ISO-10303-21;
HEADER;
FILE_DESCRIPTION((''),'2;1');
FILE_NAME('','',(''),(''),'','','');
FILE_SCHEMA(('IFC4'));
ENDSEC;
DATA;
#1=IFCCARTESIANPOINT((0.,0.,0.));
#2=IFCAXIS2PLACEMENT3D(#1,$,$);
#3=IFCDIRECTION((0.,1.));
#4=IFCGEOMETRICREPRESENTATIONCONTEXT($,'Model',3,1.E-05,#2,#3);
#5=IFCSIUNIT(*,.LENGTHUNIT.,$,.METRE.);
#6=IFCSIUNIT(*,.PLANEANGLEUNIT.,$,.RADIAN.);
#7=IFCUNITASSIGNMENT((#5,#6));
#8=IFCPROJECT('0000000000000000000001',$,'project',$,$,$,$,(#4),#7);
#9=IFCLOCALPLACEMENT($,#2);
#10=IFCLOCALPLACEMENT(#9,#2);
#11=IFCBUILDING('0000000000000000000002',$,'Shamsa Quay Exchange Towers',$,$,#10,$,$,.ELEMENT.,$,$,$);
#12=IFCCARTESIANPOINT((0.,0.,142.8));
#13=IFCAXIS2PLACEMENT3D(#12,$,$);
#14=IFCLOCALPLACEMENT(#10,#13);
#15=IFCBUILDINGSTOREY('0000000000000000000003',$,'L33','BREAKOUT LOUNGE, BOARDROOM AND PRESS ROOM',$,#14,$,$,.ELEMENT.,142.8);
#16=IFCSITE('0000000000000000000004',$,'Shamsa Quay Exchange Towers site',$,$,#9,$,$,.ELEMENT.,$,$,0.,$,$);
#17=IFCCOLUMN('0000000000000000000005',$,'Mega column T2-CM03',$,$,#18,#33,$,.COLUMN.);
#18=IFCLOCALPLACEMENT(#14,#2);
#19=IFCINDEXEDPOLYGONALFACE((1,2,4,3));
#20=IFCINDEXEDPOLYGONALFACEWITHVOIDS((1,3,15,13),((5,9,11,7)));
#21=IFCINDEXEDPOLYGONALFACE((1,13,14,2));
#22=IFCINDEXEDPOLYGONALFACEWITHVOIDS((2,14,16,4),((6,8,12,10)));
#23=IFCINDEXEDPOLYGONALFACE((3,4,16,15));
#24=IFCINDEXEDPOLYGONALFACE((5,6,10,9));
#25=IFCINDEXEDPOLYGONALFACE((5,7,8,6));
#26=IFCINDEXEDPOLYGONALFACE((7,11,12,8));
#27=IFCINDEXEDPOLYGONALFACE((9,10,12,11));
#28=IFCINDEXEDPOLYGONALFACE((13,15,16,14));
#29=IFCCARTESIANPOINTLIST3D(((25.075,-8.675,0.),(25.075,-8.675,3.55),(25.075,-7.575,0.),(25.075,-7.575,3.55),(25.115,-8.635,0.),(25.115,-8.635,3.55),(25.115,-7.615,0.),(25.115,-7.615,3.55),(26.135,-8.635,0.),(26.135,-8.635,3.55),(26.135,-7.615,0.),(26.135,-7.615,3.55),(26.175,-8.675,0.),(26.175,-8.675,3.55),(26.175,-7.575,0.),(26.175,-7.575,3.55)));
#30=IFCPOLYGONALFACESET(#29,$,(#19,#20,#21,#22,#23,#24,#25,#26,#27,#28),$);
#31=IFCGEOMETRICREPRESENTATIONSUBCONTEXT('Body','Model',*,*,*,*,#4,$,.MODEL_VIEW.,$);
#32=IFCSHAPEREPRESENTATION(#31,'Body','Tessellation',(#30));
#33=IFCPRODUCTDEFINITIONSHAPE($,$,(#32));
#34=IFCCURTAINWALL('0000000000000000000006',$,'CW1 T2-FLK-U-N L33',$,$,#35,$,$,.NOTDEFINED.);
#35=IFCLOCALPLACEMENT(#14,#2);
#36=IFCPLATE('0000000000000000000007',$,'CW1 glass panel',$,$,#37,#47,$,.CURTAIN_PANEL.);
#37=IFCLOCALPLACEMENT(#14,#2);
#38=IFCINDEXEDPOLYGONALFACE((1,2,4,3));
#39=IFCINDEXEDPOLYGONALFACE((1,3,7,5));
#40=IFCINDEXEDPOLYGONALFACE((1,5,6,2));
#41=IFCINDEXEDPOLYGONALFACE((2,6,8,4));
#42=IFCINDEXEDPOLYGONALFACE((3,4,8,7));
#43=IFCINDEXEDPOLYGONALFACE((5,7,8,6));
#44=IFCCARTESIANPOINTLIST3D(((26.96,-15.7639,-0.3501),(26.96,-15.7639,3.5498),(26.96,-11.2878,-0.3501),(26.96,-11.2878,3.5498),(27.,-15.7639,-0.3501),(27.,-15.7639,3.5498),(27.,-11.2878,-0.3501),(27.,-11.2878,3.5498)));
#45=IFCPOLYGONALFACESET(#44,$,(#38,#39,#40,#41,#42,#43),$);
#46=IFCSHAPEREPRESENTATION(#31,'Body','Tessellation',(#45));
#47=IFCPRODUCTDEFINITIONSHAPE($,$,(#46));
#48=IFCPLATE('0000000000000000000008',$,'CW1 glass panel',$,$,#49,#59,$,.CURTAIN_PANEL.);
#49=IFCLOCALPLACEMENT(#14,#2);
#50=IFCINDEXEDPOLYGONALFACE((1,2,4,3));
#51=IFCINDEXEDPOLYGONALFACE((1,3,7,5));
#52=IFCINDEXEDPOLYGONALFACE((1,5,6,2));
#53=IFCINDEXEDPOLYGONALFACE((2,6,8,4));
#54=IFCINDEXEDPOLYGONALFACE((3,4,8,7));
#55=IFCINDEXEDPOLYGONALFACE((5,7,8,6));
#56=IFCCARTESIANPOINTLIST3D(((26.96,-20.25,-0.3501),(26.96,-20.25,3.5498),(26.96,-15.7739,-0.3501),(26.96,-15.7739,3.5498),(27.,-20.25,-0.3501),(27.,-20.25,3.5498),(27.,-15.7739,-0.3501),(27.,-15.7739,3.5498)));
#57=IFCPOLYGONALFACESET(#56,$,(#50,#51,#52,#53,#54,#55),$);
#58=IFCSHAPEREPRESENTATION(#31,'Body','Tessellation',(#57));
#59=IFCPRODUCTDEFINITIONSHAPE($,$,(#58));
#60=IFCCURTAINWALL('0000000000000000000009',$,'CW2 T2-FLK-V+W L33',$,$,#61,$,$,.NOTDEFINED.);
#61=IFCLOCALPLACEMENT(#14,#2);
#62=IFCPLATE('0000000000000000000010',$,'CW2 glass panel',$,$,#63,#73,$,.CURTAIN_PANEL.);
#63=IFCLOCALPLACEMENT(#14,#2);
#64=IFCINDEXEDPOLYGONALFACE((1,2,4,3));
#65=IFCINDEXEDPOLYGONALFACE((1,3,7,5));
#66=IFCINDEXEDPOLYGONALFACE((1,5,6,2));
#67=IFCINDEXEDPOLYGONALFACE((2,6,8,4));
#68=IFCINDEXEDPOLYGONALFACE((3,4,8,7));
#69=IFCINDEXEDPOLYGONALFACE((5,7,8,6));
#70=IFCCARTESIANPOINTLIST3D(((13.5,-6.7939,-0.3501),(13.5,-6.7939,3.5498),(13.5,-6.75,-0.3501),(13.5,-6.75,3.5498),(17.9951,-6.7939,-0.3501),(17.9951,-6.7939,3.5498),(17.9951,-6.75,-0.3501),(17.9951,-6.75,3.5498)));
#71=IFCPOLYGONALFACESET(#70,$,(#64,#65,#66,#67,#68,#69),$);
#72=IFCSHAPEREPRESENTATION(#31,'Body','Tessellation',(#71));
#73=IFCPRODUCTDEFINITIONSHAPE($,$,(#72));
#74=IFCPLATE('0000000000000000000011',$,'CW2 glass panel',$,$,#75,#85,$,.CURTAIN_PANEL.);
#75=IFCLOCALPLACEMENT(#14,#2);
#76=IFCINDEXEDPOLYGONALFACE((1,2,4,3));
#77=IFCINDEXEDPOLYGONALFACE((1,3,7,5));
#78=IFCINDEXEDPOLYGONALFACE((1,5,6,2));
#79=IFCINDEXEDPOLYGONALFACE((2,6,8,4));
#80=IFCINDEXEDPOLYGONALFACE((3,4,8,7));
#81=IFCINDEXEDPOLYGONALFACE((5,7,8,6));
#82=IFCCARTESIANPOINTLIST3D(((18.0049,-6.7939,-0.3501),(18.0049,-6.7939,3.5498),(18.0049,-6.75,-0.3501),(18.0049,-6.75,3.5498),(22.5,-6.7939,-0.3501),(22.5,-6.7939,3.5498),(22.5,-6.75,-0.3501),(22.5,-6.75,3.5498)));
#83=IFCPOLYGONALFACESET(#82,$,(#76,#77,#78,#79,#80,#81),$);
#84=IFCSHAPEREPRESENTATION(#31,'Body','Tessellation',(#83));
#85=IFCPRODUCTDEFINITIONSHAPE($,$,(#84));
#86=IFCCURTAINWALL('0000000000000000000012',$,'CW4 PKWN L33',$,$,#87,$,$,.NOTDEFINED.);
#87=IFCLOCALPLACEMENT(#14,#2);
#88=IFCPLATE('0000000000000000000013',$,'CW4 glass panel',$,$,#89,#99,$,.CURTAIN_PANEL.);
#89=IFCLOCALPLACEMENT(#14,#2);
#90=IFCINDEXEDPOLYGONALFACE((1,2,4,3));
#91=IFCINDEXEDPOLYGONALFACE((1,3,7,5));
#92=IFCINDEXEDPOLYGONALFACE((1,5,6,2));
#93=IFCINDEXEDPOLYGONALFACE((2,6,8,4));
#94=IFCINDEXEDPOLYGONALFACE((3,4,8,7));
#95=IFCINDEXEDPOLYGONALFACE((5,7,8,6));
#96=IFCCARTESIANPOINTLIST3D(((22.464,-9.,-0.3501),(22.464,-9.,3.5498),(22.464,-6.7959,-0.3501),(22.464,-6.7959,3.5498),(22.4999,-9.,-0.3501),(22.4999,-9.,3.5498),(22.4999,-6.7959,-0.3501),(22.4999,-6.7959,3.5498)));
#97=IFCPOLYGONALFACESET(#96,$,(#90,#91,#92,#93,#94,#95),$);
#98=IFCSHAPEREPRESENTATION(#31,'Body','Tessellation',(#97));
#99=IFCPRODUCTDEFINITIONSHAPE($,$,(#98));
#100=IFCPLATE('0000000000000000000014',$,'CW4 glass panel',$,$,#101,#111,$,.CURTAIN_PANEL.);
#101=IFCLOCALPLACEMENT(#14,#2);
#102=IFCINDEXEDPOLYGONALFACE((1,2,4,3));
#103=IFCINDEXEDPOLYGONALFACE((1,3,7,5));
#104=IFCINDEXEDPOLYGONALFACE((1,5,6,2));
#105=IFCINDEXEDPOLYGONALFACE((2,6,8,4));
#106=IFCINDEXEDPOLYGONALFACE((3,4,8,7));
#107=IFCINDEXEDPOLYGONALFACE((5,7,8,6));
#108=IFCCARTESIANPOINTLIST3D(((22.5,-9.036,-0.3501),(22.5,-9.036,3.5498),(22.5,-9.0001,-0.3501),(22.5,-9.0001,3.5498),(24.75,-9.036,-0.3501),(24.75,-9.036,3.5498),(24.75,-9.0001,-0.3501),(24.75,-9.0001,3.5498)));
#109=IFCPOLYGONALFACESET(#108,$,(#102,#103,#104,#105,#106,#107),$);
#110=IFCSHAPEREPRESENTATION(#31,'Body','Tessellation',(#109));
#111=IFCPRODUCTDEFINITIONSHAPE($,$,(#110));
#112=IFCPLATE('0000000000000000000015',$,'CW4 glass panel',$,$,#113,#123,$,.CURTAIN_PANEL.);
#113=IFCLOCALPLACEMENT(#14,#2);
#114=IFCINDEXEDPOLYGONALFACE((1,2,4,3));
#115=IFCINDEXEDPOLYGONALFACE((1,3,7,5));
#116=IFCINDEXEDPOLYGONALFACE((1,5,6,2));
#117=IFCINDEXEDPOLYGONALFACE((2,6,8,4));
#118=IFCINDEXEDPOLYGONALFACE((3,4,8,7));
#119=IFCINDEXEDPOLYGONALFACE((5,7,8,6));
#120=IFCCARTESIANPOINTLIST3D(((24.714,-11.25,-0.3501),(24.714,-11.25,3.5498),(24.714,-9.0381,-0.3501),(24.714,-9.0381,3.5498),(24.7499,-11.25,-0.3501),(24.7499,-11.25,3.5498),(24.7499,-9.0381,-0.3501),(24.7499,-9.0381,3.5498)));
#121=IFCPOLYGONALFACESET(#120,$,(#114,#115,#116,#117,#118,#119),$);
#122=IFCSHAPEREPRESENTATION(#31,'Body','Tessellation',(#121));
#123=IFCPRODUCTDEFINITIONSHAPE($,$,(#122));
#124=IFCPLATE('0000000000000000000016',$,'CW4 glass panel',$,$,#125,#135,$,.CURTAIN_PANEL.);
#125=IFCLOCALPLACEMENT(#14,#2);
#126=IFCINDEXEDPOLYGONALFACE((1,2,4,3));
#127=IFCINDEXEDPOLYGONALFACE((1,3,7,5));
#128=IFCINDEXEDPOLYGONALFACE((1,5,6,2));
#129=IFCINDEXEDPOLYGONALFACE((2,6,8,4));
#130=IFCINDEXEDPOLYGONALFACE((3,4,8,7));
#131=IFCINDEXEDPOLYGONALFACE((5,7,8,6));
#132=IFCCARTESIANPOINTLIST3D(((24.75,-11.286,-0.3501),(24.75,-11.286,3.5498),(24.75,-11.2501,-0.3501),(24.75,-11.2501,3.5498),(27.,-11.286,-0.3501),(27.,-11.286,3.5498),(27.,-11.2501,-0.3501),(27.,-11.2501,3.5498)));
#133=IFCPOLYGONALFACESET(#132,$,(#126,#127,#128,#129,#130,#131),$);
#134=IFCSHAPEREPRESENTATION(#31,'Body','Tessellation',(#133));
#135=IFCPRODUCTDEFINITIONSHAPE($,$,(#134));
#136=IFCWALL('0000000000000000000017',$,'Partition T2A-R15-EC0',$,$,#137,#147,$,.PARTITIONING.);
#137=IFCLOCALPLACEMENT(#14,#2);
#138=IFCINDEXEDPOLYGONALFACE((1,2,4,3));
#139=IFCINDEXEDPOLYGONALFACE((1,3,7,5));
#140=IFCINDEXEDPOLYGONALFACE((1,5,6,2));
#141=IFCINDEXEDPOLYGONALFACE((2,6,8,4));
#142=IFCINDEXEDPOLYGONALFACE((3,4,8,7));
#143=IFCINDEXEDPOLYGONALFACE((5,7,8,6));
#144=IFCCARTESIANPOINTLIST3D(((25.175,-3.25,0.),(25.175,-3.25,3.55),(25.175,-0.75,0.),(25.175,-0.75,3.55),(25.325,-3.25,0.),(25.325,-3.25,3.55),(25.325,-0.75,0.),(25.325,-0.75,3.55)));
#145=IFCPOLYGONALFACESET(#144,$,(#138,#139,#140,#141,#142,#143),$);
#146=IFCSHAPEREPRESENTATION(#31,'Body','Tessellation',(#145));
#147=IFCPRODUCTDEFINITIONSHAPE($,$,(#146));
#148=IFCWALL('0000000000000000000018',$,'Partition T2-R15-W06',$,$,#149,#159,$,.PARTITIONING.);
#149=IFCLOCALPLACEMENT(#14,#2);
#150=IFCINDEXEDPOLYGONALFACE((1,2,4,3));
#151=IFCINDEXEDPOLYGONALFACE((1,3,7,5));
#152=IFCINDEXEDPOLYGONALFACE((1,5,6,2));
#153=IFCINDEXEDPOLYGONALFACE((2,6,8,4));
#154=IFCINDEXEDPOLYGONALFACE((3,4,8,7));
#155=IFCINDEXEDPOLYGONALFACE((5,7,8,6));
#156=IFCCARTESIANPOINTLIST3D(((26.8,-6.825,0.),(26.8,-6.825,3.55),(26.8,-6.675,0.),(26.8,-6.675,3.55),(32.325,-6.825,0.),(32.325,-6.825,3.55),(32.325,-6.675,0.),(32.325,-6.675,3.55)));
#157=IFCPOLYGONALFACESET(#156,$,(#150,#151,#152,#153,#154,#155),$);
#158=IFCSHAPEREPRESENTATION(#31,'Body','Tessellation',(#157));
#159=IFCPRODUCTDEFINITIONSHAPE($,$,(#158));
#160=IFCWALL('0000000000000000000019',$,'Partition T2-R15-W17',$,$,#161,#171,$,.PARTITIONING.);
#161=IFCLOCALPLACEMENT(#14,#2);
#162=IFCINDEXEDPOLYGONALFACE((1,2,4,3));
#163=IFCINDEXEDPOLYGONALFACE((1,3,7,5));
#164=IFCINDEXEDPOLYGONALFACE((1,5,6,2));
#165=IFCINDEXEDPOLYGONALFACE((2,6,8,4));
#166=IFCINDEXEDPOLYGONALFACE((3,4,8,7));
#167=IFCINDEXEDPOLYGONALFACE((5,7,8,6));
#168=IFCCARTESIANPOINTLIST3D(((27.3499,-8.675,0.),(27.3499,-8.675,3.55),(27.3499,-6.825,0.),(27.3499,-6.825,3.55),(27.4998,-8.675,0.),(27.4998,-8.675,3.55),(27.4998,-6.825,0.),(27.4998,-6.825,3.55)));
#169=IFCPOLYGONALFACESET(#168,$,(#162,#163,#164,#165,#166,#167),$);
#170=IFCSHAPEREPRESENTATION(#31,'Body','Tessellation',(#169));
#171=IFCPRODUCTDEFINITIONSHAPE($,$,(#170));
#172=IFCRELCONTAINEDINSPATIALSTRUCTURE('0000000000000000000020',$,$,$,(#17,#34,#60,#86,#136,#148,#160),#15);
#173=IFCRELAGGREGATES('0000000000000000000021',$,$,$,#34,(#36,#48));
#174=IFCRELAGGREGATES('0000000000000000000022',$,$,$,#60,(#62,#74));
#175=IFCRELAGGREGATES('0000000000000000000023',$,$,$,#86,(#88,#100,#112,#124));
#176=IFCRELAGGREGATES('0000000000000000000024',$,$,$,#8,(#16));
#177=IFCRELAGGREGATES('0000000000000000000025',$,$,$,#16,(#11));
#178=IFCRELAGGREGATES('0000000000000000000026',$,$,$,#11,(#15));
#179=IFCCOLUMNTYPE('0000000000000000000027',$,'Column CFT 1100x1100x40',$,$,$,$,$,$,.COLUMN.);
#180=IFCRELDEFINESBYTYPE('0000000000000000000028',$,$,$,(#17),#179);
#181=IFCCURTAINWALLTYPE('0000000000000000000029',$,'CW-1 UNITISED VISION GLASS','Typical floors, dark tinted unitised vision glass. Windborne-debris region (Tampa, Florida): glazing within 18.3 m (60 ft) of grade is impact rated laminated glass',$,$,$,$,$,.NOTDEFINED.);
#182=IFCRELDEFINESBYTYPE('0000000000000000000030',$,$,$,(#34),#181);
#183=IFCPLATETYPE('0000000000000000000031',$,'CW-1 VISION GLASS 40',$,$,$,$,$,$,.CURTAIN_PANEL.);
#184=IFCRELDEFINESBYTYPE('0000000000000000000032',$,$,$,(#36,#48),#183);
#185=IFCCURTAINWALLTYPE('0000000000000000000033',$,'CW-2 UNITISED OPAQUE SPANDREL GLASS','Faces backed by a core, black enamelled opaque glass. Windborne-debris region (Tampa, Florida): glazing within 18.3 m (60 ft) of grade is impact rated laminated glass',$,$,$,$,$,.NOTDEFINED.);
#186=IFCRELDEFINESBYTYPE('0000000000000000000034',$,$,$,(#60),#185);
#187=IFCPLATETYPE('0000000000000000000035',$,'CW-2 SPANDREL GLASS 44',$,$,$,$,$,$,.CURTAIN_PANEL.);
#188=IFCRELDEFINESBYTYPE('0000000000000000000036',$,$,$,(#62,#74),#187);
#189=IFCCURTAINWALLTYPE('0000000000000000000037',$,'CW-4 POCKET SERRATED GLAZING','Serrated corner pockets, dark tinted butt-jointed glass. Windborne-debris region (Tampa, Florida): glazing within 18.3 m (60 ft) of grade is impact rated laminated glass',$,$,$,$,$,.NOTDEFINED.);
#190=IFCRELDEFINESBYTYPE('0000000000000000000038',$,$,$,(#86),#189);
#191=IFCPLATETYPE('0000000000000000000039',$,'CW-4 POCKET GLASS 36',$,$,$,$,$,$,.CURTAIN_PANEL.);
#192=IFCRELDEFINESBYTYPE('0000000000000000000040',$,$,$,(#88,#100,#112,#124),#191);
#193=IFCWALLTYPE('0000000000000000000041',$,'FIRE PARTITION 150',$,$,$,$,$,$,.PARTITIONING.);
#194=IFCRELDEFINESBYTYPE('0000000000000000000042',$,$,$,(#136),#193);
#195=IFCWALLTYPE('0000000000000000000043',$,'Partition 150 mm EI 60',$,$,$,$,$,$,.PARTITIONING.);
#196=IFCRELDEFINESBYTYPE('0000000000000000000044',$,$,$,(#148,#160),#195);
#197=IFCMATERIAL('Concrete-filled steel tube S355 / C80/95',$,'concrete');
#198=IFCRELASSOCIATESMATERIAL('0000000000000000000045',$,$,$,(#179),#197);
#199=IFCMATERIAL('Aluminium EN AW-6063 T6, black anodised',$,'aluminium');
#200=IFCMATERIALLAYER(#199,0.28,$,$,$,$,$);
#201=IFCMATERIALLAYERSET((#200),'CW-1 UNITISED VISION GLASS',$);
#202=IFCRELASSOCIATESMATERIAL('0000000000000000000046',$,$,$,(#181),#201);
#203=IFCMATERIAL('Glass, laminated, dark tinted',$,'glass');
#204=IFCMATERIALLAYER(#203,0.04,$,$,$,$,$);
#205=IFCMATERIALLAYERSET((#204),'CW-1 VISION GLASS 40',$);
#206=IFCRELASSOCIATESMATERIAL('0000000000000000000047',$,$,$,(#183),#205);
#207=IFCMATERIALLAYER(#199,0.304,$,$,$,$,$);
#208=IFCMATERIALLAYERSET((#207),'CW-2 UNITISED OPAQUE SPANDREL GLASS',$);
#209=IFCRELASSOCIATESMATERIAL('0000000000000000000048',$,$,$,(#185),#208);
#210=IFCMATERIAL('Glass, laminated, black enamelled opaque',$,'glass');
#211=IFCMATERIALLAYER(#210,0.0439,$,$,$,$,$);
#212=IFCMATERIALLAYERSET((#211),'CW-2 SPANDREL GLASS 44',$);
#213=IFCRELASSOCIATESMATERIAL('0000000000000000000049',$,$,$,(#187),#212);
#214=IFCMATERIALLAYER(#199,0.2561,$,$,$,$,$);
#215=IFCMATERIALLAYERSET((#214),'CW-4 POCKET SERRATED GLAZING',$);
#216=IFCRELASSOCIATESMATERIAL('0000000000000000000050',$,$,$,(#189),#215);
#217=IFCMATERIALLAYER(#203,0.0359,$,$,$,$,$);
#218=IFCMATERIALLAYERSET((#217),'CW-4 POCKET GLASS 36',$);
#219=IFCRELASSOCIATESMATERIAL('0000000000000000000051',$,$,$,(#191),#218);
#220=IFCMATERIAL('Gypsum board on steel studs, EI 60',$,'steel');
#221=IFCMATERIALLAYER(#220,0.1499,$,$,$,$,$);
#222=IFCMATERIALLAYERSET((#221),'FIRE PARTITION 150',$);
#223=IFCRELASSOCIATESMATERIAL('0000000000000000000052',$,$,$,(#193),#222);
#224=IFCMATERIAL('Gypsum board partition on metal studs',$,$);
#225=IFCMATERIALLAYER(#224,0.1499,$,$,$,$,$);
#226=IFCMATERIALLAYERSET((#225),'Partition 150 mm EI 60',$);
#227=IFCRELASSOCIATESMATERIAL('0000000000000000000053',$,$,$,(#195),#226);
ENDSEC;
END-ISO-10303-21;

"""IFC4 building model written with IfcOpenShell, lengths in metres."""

from ifc_helpers import new_model, si_unit, direction, frame, frame_2d, origin, origin_2d, place, context, subcontext, project, spatial, rectangle, hollow_rectangle, extrude, material, layer, layer_set, material_profile, profile_set, type_object, element, aggregate, save


model = new_model("IFC4")

# Units and contexts
model_context = context("Model", 3, precision=1e-05, world=origin(), true_north=direction((0.0, 1.0)))
body_context = subcontext(model_context, "Body", "Model", "MODEL_VIEW")
ifc_project = project(units=[si_unit("LENGTHUNIT", "METRE"), si_unit("PLANEANGLEUNIT", "RADIAN")], contexts=[model_context])

# Site, building, storey
site_placement = place(None, origin())
site = spatial("IfcSite", under=ifc_project, at=site_placement, Name="Shamsa Quay Exchange Towers site", CompositionType="ELEMENT", RefElevation=0.0)
building_placement = place(site_placement, origin())
building = spatial("IfcBuilding", under=site, at=building_placement, Name="Shamsa Quay Exchange Towers", CompositionType="ELEMENT")
storey_placement = place(building_placement, frame((0.0, 0.0, 142.8)))
storey = spatial("IfcBuildingStorey", under=building, at=storey_placement, Name="L33", Description="BREAKOUT LOUNGE, BOARDROOM AND PRESS ROOM", CompositionType="ELEMENT", Elevation=142.8)

# Column
ifc_material_1 = material(Name="Concrete-filled steel tube S355 / C80/95", Category="concrete")
ifc_material_profile = material_profile(ifc_material_1, hollow_rectangle(XDim=1.1001, YDim=1.1001, WallThickness=0.04, at=origin_2d()), Name="CFT 1100x1100x40")
ifc_profile_set = profile_set([ifc_material_profile], Name="Concrete-filled steel tube S355 / C80/95")
column_type = type_object("IfcColumnType", Name="Column CFT 1100x1100x40", PredefinedType="COLUMN", material=ifc_profile_set)
column_placement = place(storey_placement, frame((25.625, -8.125, 0.0)))
element("IfcColumn", 1, at=column_placement, inside=storey, type_object=column_type, Name="Mega column T2-CM03", PredefinedType="COLUMN", context=body_context, shape_type="SweptSolid", body=[
    extrude(hollow_rectangle(XDim=1.1001, YDim=1.1001, WallThickness=0.04, at=origin_2d()), origin(), (0.0, 0.0, 1.0), 3.55),
])

# Curtain walls, plates
ifc_material_2 = material(Name="Aluminium EN AW-6063 T6, black anodised", Category="aluminium")
ifc_layer_1 = layer(ifc_material_2, 0.28)
ifc_layer_set_1 = layer_set([ifc_layer_1], Name="CW-1 UNITISED VISION GLASS")
curtain_wall_type_1 = type_object("IfcCurtainWallType", Name="CW-1 UNITISED VISION GLASS", Description="Typical floors, dark tinted unitised vision glass. Windborne-debris region (Tampa, Florida): glazing within 18.3 m (60 ft) of grade is impact rated laminated glass", PredefinedType="NOTDEFINED", material=ifc_layer_set_1)
curtain_wall_1_placement = place(storey_placement, origin())
curtain_wall_1 = element("IfcCurtainWall", 2, at=curtain_wall_1_placement, inside=storey, type_object=curtain_wall_type_1, Name="CW1 T2-FLK-U-N L33", PredefinedType="NOTDEFINED")
ifc_material_3 = material(Name="Glass, laminated, dark tinted", Category="glass")
ifc_layer_2 = layer(ifc_material_3, 0.04)
ifc_layer_set_2 = layer_set([ifc_layer_2], Name="CW-1 VISION GLASS 40")
plate_type_1 = type_object("IfcPlateType", Name="CW-1 VISION GLASS 40", PredefinedType="CURTAIN_PANEL", material=ifc_layer_set_2)
plate_1_placement = place(storey_placement, frame((26.98, -13.5259, -0.3501), z_axis=(0.0, 0.0, 1.0), x_axis=(0.0, -1.0, 0.0)))
plate_1 = element("IfcPlate", 3, at=plate_1_placement, type_object=plate_type_1, Name="CW1 glass panel", PredefinedType="CURTAIN_PANEL", context=body_context, shape_type="SweptSolid", body=[
    extrude(rectangle(XDim=4.4761, YDim=0.04, at=origin_2d()), origin(), (0.0, 0.0, 1.0), 3.8999),
])
plate_2_placement = place(storey_placement, frame((26.98, -18.012, -0.3501), z_axis=(0.0, 0.0, 1.0), x_axis=(0.0, -1.0, 0.0)))
plate_2 = element("IfcPlate", 4, at=plate_2_placement, type_object=plate_type_1, Name="CW1 glass panel", PredefinedType="CURTAIN_PANEL", context=body_context, shape_type="SweptSolid", body=[
    extrude(rectangle(XDim=4.4761, YDim=0.04, at=origin_2d()), origin(), (0.0, 0.0, 1.0), 3.8999),
])
aggregate(curtain_wall_1, [plate_1, plate_2])
ifc_layer_3 = layer(ifc_material_2, 0.304)
ifc_layer_set_3 = layer_set([ifc_layer_3], Name="CW-2 UNITISED OPAQUE SPANDREL GLASS")
curtain_wall_type_2 = type_object("IfcCurtainWallType", Name="CW-2 UNITISED OPAQUE SPANDREL GLASS", Description="Faces backed by a core, black enamelled opaque glass. Windborne-debris region (Tampa, Florida): glazing within 18.3 m (60 ft) of grade is impact rated laminated glass", PredefinedType="NOTDEFINED", material=ifc_layer_set_3)
curtain_wall_2_placement = place(storey_placement, origin())
curtain_wall_2 = element("IfcCurtainWall", 5, at=curtain_wall_2_placement, inside=storey, type_object=curtain_wall_type_2, Name="CW2 T2-FLK-V+W L33", PredefinedType="NOTDEFINED")
ifc_material_4 = material(Name="Glass, laminated, black enamelled opaque", Category="glass")
ifc_layer_4 = layer(ifc_material_4, 0.0439)
ifc_layer_set_4 = layer_set([ifc_layer_4], Name="CW-2 SPANDREL GLASS 44")
plate_type_2 = type_object("IfcPlateType", Name="CW-2 SPANDREL GLASS 44", PredefinedType="CURTAIN_PANEL", material=ifc_layer_set_4)
plate_3_placement = place(storey_placement, frame((15.7476, -6.772, -0.3501)))
plate_3 = element("IfcPlate", 6, at=plate_3_placement, type_object=plate_type_2, Name="CW2 glass panel", PredefinedType="CURTAIN_PANEL", context=body_context, shape_type="SweptSolid", body=[
    extrude(rectangle(XDim=4.4951, YDim=0.0439, at=origin_2d()), origin(), (0.0, 0.0, 1.0), 3.8999),
])
plate_4_placement = place(storey_placement, frame((20.2524, -6.772, -0.3501)))
plate_4 = element("IfcPlate", 7, at=plate_4_placement, type_object=plate_type_2, Name="CW2 glass panel", PredefinedType="CURTAIN_PANEL", context=body_context, shape_type="SweptSolid", body=[
    extrude(rectangle(XDim=4.4951, YDim=0.0439, at=origin_2d()), origin(), (0.0, 0.0, 1.0), 3.8999),
])
aggregate(curtain_wall_2, [plate_3, plate_4])
ifc_layer_5 = layer(ifc_material_2, 0.2561)
ifc_layer_set_5 = layer_set([ifc_layer_5], Name="CW-4 POCKET SERRATED GLAZING")
curtain_wall_type_3 = type_object("IfcCurtainWallType", Name="CW-4 POCKET SERRATED GLAZING", Description="Serrated corner pockets, dark tinted butt-jointed glass. Windborne-debris region (Tampa, Florida): glazing within 18.3 m (60 ft) of grade is impact rated laminated glass", PredefinedType="NOTDEFINED", material=ifc_layer_set_5)
curtain_wall_3_placement = place(storey_placement, origin())
curtain_wall_3 = element("IfcCurtainWall", 8, at=curtain_wall_3_placement, inside=storey, type_object=curtain_wall_type_3, Name="CW4 PKWN L33", PredefinedType="NOTDEFINED")
ifc_layer_6 = layer(ifc_material_3, 0.0359)
ifc_layer_set_6 = layer_set([ifc_layer_6], Name="CW-4 POCKET GLASS 36")
plate_type_3 = type_object("IfcPlateType", Name="CW-4 POCKET GLASS 36", PredefinedType="CURTAIN_PANEL", material=ifc_layer_set_6)
plate_5_placement = place(storey_placement, frame((22.4819, -7.8979, -0.3501), z_axis=(0.0, 0.0, 1.0), x_axis=(0.0, -1.0, 0.0)))
plate_5 = element("IfcPlate", 9, at=plate_5_placement, type_object=plate_type_3, Name="CW4 glass panel", PredefinedType="CURTAIN_PANEL", context=body_context, shape_type="SweptSolid", body=[
    extrude(rectangle(XDim=2.2041, YDim=0.0359, at=origin_2d()), origin(), (0.0, 0.0, 1.0), 3.8999),
])
plate_6_placement = place(storey_placement, frame((23.625, -9.0181, -0.3501)))
plate_6 = element("IfcPlate", 10, at=plate_6_placement, type_object=plate_type_3, Name="CW4 glass panel", PredefinedType="CURTAIN_PANEL", context=body_context, shape_type="SweptSolid", body=[
    extrude(rectangle(XDim=2.25, YDim=0.0359, at=origin_2d()), origin(), (0.0, 0.0, 1.0), 3.8999),
])
plate_7_placement = place(storey_placement, frame((24.7319, -10.144, -0.3501), z_axis=(0.0, 0.0, 1.0), x_axis=(0.0, -1.0, 0.0)))
plate_7 = element("IfcPlate", 11, at=plate_7_placement, type_object=plate_type_3, Name="CW4 glass panel", PredefinedType="CURTAIN_PANEL", context=body_context, shape_type="SweptSolid", body=[
    extrude(rectangle(XDim=2.2119, YDim=0.0359, at=origin_2d()), origin(), (0.0, 0.0, 1.0), 3.8999),
])
plate_8_placement = place(storey_placement, frame((25.875, -11.2681, -0.3501)))
plate_8 = element("IfcPlate", 12, at=plate_8_placement, type_object=plate_type_3, Name="CW4 glass panel", PredefinedType="CURTAIN_PANEL", context=body_context, shape_type="SweptSolid", body=[
    extrude(rectangle(XDim=2.25, YDim=0.0359, at=origin_2d()), origin(), (0.0, 0.0, 1.0), 3.8999),
])
aggregate(curtain_wall_3, [plate_5, plate_6, plate_7, plate_8])

# Walls
ifc_material_5 = material(Name="Gypsum board on steel studs, EI 60", Category="steel")
ifc_layer_7 = layer(ifc_material_5, 0.1499)
ifc_layer_set_7 = layer_set([ifc_layer_7], Name="FIRE PARTITION 150")
wall_type_1 = type_object("IfcWallType", Name="FIRE PARTITION 150", PredefinedType="PARTITIONING", material=ifc_layer_set_7)
wall_1_placement = place(storey_placement, frame((25.25, -3.25, 0.0), z_axis=(0.0, 0.0, 1.0), x_axis=(0.0, 1.0, 0.0)))
element("IfcWall", 13, at=wall_1_placement, inside=storey, type_object=wall_type_1, Name="Partition T2A-R15-EC0", PredefinedType="PARTITIONING", context=body_context, shape_type="SweptSolid", body=[
    extrude(rectangle(XDim=2.5, YDim=0.1499, at=frame_2d((1.25, 0.0))), origin(), (0.0, 0.0, 1.0), 3.55),
])
ifc_material_6 = material(Name="Gypsum board partition on metal studs")
ifc_layer_8 = layer(ifc_material_6, 0.1499)
ifc_layer_set_8 = layer_set([ifc_layer_8], Name="Partition 150 mm EI 60")
wall_type_2 = type_object("IfcWallType", Name="Partition 150 mm EI 60", PredefinedType="PARTITIONING", material=ifc_layer_set_8)
wall_2_placement = place(storey_placement, frame((26.8, -6.75, 0.0)))
element("IfcWall", 14, at=wall_2_placement, inside=storey, type_object=wall_type_2, Name="Partition T2-R15-W06", PredefinedType="PARTITIONING", context=body_context, shape_type="SweptSolid", body=[
    extrude(rectangle(XDim=5.5249, YDim=0.1499, at=frame_2d((2.7625, 0.0))), origin(), (0.0, 0.0, 1.0), 3.55),
])
wall_3_placement = place(storey_placement, frame((27.4248, -6.825, 0.0), z_axis=(0.0, 0.0, 1.0), x_axis=(0.0, -1.0, 0.0)))
element("IfcWall", 15, at=wall_3_placement, inside=storey, type_object=wall_type_2, Name="Partition T2-R15-W17", PredefinedType="PARTITIONING", context=body_context, shape_type="SweptSolid", body=[
    extrude(rectangle(XDim=1.8501, YDim=0.1499, at=frame_2d((0.925, 0.0))), origin(), (0.0, 0.0, 1.0), 3.55),
])

save(model, "model.ifc")
